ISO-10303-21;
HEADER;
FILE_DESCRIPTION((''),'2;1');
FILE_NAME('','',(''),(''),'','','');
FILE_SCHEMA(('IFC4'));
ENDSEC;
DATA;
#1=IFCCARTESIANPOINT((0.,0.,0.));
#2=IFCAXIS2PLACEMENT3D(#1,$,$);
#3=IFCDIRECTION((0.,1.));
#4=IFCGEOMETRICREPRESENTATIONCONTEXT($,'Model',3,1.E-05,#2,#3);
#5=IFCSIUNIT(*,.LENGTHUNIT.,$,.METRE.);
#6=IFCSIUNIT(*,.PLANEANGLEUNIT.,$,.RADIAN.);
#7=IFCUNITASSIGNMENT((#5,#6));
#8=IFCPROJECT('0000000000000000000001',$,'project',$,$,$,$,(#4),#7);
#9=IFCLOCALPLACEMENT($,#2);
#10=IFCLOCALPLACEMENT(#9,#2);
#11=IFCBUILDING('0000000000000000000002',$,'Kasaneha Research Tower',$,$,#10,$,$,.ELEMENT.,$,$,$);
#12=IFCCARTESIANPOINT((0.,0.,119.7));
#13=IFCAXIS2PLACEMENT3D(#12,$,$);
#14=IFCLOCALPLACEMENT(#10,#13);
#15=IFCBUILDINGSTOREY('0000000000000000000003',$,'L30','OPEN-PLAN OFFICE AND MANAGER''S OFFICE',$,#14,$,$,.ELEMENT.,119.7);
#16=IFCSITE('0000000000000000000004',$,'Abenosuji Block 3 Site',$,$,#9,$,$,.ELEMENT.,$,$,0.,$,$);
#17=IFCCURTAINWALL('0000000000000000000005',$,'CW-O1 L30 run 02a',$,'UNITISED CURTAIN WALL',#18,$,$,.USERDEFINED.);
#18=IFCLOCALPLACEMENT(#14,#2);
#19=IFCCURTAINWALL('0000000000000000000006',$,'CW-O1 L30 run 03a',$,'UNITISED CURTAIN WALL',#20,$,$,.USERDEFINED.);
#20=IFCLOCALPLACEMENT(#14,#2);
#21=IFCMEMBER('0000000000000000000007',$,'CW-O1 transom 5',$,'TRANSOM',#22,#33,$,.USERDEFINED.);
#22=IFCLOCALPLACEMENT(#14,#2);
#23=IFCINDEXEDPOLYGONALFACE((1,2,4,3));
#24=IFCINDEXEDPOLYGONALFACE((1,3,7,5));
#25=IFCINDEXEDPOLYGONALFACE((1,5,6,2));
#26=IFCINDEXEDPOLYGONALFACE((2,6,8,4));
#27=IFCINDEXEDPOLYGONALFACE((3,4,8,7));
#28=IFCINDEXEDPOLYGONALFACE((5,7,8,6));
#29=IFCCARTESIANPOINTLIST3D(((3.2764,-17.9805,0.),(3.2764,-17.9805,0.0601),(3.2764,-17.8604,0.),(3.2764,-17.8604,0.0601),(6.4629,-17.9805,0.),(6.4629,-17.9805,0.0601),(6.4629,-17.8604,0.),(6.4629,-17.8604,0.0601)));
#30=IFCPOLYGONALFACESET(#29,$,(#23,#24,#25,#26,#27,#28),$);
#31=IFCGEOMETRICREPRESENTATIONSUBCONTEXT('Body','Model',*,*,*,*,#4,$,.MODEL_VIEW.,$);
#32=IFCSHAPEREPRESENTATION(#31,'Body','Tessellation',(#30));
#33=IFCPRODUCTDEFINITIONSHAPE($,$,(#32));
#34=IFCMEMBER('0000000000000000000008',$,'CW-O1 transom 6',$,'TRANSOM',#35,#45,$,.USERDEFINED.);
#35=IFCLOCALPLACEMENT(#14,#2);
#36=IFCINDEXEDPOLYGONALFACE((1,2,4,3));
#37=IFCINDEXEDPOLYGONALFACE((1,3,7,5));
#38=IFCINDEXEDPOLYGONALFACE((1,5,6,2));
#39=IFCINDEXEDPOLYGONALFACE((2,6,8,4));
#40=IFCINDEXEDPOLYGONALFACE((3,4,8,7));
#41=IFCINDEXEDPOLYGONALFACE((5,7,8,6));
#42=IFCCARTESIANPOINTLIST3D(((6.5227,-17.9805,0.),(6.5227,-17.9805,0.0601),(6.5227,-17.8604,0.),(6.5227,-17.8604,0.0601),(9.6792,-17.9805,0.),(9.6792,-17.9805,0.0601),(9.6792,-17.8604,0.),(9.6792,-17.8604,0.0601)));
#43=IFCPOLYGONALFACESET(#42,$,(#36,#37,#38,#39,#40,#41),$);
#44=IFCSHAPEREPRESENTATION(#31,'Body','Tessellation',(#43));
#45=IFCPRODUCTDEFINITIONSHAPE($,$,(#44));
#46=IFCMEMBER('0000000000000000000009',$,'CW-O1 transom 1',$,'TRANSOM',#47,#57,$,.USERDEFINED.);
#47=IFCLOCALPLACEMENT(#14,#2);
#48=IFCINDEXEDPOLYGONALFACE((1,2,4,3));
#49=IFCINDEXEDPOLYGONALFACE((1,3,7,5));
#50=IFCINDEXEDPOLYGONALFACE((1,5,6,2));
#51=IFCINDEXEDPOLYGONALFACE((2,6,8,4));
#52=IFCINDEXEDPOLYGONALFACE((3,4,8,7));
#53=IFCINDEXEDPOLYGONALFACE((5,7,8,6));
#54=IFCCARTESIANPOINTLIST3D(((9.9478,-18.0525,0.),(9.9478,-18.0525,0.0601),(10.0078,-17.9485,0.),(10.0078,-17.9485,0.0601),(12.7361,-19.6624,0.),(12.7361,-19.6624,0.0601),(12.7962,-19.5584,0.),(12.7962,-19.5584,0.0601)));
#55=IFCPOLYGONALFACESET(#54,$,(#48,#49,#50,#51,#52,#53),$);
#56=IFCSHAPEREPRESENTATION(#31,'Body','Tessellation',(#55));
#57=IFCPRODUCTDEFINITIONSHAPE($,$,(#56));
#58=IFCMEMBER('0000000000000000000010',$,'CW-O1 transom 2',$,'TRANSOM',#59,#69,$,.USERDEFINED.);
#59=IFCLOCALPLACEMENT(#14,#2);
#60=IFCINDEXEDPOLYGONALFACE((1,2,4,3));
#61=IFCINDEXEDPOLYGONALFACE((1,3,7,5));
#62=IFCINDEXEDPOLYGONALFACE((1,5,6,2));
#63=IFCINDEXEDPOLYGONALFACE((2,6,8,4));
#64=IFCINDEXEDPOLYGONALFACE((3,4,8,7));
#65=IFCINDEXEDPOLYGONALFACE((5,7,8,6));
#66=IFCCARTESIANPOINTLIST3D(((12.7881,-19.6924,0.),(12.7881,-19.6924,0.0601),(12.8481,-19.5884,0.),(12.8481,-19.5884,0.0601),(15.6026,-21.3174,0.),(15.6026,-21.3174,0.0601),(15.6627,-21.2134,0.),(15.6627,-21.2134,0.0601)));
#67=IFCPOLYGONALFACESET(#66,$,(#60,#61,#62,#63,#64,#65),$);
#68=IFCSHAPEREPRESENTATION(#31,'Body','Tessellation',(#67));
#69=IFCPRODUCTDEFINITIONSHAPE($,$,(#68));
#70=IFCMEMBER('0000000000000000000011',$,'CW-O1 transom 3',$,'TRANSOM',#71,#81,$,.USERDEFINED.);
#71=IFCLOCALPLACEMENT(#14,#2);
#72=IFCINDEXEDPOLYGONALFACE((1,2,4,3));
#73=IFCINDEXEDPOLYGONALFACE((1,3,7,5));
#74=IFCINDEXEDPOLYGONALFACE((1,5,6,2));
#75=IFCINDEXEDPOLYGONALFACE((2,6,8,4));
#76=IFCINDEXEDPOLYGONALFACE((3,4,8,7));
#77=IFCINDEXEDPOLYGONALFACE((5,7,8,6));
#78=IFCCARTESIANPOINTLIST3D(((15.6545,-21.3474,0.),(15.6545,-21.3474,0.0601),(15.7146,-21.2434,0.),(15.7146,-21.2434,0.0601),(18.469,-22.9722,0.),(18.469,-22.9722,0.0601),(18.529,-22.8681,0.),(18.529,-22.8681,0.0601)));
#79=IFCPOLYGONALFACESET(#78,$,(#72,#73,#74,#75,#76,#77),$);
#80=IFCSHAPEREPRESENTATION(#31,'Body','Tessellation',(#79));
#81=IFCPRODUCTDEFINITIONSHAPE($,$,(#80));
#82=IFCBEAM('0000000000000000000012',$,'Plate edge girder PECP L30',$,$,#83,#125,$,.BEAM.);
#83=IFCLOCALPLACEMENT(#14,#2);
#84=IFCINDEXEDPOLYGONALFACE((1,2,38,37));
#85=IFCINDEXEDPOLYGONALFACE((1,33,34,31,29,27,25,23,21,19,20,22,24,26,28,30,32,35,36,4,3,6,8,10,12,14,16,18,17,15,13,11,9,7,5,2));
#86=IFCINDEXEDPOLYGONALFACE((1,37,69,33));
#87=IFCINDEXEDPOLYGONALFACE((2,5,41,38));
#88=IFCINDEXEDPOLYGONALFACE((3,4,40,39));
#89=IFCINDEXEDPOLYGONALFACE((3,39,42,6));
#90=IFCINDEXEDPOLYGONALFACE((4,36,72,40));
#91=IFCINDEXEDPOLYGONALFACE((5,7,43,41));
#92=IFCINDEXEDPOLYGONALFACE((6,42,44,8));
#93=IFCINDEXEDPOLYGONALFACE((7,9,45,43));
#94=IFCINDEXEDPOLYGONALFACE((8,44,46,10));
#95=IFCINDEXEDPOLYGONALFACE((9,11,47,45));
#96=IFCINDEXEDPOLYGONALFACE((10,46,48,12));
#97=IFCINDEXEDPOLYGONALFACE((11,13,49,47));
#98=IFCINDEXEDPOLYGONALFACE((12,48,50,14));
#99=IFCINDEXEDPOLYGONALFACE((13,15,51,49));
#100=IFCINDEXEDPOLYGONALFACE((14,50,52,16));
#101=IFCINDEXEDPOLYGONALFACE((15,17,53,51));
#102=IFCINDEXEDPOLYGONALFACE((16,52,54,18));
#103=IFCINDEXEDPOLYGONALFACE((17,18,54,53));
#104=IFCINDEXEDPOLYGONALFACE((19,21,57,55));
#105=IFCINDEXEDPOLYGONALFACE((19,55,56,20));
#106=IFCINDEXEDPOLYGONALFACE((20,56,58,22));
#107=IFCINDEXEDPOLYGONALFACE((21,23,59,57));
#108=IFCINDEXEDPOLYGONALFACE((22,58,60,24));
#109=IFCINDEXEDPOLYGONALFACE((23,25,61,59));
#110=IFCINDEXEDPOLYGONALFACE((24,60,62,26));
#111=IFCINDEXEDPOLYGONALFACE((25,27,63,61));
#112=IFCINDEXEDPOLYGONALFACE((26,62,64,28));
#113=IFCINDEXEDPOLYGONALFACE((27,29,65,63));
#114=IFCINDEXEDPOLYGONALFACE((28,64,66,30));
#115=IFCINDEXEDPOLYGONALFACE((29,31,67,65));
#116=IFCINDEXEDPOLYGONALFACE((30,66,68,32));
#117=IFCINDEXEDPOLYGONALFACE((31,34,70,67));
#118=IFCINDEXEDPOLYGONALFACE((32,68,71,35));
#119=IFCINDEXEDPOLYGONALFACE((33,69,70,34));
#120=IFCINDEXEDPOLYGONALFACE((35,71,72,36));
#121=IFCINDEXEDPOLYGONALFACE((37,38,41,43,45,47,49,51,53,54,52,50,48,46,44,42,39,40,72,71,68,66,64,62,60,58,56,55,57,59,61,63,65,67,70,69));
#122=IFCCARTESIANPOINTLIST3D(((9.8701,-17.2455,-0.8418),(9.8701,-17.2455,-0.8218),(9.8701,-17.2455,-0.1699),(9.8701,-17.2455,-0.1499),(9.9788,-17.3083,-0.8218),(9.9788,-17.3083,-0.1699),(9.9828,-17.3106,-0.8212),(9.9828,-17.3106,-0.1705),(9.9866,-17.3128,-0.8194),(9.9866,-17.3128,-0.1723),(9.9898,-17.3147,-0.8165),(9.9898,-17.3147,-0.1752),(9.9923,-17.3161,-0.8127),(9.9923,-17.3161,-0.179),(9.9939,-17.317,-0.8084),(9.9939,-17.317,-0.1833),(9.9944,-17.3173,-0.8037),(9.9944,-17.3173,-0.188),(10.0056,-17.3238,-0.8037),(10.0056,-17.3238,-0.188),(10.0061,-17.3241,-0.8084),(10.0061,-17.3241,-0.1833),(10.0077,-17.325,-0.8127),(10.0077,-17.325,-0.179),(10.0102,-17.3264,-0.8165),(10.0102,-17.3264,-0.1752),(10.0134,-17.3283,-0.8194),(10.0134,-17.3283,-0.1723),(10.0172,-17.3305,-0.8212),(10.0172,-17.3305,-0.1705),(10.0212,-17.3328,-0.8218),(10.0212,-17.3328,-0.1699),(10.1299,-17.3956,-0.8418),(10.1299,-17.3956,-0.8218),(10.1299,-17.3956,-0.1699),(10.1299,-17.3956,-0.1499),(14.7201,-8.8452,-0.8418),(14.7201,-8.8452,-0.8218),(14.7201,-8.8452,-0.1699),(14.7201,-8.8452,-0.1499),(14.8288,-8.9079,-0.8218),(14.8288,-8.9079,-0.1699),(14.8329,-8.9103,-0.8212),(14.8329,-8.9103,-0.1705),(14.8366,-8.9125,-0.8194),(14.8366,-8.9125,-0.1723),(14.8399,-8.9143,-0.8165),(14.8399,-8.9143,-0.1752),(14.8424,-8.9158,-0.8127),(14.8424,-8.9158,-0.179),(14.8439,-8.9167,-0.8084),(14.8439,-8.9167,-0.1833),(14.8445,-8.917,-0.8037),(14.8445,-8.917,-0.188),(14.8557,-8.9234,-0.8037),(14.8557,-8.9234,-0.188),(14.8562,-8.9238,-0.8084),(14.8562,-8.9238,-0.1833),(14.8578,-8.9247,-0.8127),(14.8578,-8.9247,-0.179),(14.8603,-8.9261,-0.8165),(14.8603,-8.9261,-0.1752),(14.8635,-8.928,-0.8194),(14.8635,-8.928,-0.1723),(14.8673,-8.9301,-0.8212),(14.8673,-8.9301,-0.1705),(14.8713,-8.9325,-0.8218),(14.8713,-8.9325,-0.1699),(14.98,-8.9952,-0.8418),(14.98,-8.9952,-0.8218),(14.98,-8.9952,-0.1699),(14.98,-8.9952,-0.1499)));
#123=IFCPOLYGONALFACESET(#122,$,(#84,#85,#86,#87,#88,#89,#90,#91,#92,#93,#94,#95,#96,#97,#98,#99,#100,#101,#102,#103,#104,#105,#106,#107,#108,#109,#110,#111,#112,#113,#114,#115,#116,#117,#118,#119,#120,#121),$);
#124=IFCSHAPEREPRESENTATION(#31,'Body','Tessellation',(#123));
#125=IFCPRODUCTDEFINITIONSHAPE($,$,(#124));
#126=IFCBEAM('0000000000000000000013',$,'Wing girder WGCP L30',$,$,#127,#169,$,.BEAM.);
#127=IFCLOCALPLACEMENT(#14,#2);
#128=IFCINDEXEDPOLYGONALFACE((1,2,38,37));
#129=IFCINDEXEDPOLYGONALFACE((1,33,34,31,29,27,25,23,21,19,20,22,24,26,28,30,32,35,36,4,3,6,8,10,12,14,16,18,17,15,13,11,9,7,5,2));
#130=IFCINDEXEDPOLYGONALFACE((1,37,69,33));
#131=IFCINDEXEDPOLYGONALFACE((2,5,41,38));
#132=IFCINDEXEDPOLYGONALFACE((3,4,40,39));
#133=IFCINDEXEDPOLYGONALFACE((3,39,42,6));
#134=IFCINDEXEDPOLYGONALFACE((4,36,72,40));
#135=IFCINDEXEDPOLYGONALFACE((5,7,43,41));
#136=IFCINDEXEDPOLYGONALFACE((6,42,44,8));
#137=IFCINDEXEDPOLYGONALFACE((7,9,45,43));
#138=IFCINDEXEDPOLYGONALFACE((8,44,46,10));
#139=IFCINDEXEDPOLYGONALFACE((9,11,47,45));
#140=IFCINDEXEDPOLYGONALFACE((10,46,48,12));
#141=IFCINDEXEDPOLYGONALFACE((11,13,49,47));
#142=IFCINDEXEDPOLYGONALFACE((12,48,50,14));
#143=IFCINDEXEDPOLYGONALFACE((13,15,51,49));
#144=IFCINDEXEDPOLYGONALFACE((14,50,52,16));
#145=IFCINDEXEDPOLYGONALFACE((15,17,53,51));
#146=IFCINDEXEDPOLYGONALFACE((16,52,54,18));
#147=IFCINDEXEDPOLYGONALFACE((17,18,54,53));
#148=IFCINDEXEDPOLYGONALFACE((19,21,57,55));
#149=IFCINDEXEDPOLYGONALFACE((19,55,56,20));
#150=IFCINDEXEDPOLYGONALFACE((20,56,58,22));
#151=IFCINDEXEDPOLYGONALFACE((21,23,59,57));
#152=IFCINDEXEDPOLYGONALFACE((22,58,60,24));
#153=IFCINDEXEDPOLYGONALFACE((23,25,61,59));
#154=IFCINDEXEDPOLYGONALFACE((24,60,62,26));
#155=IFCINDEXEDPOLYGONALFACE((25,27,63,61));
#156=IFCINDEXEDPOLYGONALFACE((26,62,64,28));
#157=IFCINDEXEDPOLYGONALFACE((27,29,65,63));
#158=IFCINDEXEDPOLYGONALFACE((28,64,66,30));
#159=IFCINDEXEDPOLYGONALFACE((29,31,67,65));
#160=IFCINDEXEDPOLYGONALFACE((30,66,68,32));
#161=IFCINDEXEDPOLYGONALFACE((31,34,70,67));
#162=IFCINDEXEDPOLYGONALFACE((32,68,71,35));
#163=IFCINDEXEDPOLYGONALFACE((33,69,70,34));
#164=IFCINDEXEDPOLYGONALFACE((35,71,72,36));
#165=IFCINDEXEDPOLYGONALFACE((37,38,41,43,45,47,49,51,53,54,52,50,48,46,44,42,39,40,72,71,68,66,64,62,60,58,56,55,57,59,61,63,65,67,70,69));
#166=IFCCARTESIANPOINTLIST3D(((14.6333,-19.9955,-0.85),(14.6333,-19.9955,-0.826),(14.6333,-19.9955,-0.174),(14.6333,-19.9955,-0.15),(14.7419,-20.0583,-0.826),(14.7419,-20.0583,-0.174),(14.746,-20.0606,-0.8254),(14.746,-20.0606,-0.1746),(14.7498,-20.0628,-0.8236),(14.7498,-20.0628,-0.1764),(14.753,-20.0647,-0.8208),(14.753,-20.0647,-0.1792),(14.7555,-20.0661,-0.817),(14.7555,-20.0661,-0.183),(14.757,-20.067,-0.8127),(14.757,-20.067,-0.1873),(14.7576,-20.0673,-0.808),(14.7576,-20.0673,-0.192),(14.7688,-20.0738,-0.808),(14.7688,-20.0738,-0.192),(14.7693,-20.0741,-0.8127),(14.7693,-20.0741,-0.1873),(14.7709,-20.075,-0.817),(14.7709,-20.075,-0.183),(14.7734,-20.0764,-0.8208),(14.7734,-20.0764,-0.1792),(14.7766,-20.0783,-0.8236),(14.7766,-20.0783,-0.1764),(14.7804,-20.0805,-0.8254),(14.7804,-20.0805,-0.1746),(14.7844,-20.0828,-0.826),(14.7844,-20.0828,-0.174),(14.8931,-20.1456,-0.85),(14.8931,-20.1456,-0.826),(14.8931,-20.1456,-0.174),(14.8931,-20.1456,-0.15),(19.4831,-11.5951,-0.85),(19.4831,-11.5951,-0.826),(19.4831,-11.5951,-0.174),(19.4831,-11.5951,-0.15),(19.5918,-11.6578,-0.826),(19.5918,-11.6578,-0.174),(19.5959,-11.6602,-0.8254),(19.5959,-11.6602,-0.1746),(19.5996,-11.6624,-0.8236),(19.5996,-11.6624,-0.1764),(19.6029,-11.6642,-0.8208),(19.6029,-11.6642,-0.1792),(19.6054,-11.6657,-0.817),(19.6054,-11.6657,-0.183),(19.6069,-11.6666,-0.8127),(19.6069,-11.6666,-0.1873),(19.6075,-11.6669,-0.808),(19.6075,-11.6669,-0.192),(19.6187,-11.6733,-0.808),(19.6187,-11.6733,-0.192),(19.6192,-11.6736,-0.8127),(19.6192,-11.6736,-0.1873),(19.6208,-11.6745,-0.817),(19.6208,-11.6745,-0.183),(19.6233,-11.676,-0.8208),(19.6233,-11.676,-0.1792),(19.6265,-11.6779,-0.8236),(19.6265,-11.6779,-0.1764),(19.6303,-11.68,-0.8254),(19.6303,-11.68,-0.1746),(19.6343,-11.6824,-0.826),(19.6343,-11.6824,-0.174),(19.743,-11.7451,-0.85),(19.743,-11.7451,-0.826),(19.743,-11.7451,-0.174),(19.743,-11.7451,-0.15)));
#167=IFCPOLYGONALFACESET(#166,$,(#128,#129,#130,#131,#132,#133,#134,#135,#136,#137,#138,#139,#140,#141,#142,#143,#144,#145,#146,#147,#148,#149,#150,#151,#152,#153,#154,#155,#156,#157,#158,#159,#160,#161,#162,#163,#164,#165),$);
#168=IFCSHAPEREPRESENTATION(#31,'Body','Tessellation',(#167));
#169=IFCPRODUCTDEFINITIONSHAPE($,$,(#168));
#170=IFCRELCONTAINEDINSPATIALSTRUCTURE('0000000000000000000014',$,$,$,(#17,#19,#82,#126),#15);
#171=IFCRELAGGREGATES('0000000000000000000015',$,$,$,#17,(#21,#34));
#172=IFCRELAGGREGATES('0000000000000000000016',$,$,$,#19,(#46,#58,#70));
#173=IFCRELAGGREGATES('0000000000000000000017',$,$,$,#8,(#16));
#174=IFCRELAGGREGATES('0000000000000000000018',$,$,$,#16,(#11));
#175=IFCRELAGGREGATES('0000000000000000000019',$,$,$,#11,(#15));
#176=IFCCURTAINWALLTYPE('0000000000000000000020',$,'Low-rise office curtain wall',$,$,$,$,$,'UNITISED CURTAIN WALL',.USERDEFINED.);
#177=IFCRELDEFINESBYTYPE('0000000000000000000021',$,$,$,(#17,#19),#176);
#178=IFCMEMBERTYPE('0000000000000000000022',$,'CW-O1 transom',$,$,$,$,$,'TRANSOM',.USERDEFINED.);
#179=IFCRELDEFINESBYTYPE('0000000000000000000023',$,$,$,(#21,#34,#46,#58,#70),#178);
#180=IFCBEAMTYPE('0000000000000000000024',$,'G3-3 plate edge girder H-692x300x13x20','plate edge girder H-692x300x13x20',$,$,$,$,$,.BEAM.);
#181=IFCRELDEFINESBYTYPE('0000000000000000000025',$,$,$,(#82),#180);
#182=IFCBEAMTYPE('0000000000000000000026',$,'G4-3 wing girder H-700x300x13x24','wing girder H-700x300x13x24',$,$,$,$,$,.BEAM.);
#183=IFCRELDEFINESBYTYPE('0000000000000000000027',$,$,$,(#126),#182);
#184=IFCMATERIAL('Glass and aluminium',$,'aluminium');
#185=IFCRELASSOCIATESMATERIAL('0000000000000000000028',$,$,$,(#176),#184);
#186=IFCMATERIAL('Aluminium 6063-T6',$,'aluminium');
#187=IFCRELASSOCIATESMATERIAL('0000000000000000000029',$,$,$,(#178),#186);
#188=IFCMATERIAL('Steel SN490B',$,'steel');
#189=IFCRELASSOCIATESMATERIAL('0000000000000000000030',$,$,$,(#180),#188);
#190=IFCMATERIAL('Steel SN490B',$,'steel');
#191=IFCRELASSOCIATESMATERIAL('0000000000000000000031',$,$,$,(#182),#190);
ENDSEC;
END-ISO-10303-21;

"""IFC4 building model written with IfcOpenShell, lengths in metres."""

from ifc_helpers import new_model, si_unit, direction, frame, origin, origin_2d, place, context, subcontext, project, spatial, rectangle, i_section, extrude, material, material_profile, profile_set, type_object, element, aggregate, save


model = new_model("IFC4")

# Units and contexts
model_context = context("Model", 3, precision=1e-05, world=origin(), true_north=direction((0.0, 1.0)))
body_context = subcontext(model_context, "Body", "Model", "MODEL_VIEW")
ifc_project = project(units=[si_unit("LENGTHUNIT", "METRE"), si_unit("PLANEANGLEUNIT", "RADIAN")], contexts=[model_context])

# Site, building, storey
site_placement = place(None, origin())
site = spatial("IfcSite", under=ifc_project, at=site_placement, Name="Abenosuji Block 3 Site", CompositionType="ELEMENT", RefElevation=0.0)
building_placement = place(site_placement, origin())
building = spatial("IfcBuilding", under=site, at=building_placement, Name="Kasaneha Research Tower", CompositionType="ELEMENT")
storey_placement = place(building_placement, frame((0.0, 0.0, 119.7)))
storey = spatial("IfcBuildingStorey", under=building, at=storey_placement, Name="L30", Description="OPEN-PLAN OFFICE AND MANAGER'S OFFICE", CompositionType="ELEMENT", Elevation=119.7)

# Curtain walls
ifc_material_1 = material(Name="Glass and aluminium", Category="aluminium")
curtain_wall_type = type_object("IfcCurtainWallType", Name="Low-rise office curtain wall", ElementType="UNITISED CURTAIN WALL", PredefinedType="USERDEFINED", material=ifc_material_1)
curtain_wall_1_placement = place(storey_placement, origin())
curtain_wall_1 = element("IfcCurtainWall", 1, at=curtain_wall_1_placement, inside=storey, type_object=curtain_wall_type, Name="CW-O1 L30 run 02a", ObjectType="UNITISED CURTAIN WALL", PredefinedType="USERDEFINED")
curtain_wall_2_placement = place(storey_placement, origin())
curtain_wall_2 = element("IfcCurtainWall", 2, at=curtain_wall_2_placement, inside=storey, type_object=curtain_wall_type, Name="CW-O1 L30 run 03a", ObjectType="UNITISED CURTAIN WALL", PredefinedType="USERDEFINED")

# Members
ifc_material_2 = material(Name="Aluminium 6063-T6", Category="aluminium")
ifc_material_profile_1 = material_profile(ifc_material_2, rectangle(XDim=0.1201, YDim=0.0601, at=origin_2d()), Name="CW-O1 transom 120x60")
ifc_profile_set_1 = profile_set([ifc_material_profile_1], Name="Aluminium 6063-T6")
member_type_1 = type_object("IfcMemberType", Name="CW-O1 transom", ElementType="TRANSOM", PredefinedType="USERDEFINED", material=ifc_profile_set_1)
member_1_placement = place(storey_placement, frame((3.2764, -17.9204, 0.03), z_axis=(1.0, 0.0, 0.0), x_axis=(0.0, 1.0, 0.0)))
member_1 = element("IfcMember", 3, at=member_1_placement, type_object=member_type_1, Name="CW-O1 transom 5", ObjectType="TRANSOM", PredefinedType="USERDEFINED", context=body_context, shape_type="SweptSolid", body=[
    extrude(rectangle(XDim=0.1201, YDim=0.0601, at=origin_2d()), origin(), (0.0, 0.0, 1.0), 3.1865),
])
member_2_placement = place(storey_placement, frame((6.5227, -17.9204, 0.03), z_axis=(1.0, 0.0, 0.0), x_axis=(0.0, 1.0, 0.0)))
member_2 = element("IfcMember", 4, at=member_2_placement, type_object=member_type_1, Name="CW-O1 transom 6", ObjectType="TRANSOM", PredefinedType="USERDEFINED", context=body_context, shape_type="SweptSolid", body=[
    extrude(rectangle(XDim=0.1201, YDim=0.0601, at=origin_2d()), origin(), (0.0, 0.0, 1.0), 3.1565),
])
member_3_placement = place(storey_placement, frame((9.9778, -18.0005, 0.03), z_axis=(0.866023, -0.500005, 0.0), x_axis=(0.500005, 0.866023, 0.0)))
member_3 = element("IfcMember", 5, at=member_3_placement, type_object=member_type_1, Name="CW-O1 transom 1", ObjectType="TRANSOM", PredefinedType="USERDEFINED", context=body_context, shape_type="SweptSolid", body=[
    extrude(rectangle(XDim=0.1201, YDim=0.0601, at=origin_2d()), origin(), (0.0, 0.0, 1.0), 3.2197),
])
member_4_placement = place(storey_placement, frame((12.8181, -19.6404, 0.03), z_axis=(0.866015, -0.500017, 0.0), x_axis=(0.500017, 0.866015, 0.0)))
member_4 = element("IfcMember", 6, at=member_4_placement, type_object=member_type_1, Name="CW-O1 transom 2", ObjectType="TRANSOM", PredefinedType="USERDEFINED", context=body_context, shape_type="SweptSolid", body=[
    extrude(rectangle(XDim=0.1201, YDim=0.0601, at=origin_2d()), origin(), (0.0, 0.0, 1.0), 3.25),
])
member_5_placement = place(storey_placement, frame((15.6846, -21.2954, 0.03), z_axis=(0.866048, -0.499961, 0.0), x_axis=(0.499961, 0.866048, 0.0)))
member_5 = element("IfcMember", 7, at=member_5_placement, type_object=member_type_1, Name="CW-O1 transom 3", ObjectType="TRANSOM", PredefinedType="USERDEFINED", context=body_context, shape_type="SweptSolid", body=[
    extrude(rectangle(XDim=0.1201, YDim=0.0601, at=origin_2d()), origin(), (0.0, 0.0, 1.0), 3.2498),
])

# Beams
ifc_material_3 = material(Name="Steel SN490B", Category="steel")
ifc_material_profile_2 = material_profile(ifc_material_3, i_section(OverallWidth=0.3, OverallDepth=0.6919, WebThickness=0.0129, FlangeThickness=0.02, FilletRadius=0.0181, at=origin_2d()), Name="H-692x300x13x20")
ifc_profile_set_2 = profile_set([ifc_material_profile_2], Name="Steel SN490B")
beam_type_1 = type_object("IfcBeamType", Name="G3-3 plate edge girder H-692x300x13x20", Description="plate edge girder H-692x300x13x20", PredefinedType="BEAM", material=ifc_profile_set_2)
beam_1_placement = place(storey_placement, frame((10.0, -17.3206, -0.4958), z_axis=(0.50001, 0.86602, 0.0), x_axis=(-0.86602, 0.50001, 0.0)))
element("IfcBeam", 8, at=beam_1_placement, inside=storey, type_object=beam_type_1, Name="Plate edge girder PECP L30", PredefinedType="BEAM", context=body_context, shape_type="SweptSolid", body=[
    extrude(i_section(OverallWidth=0.3, OverallDepth=0.6919, WebThickness=0.0129, FlangeThickness=0.02, FilletRadius=0.0181, at=origin_2d()), origin(), (0.0, 0.0, 1.0), 9.7),
])
ifc_material_4 = material(Name="Steel SN490B", Category="steel")
ifc_material_profile_3 = material_profile(ifc_material_4, i_section(OverallWidth=0.3, OverallDepth=0.7, WebThickness=0.0129, FlangeThickness=0.0239, FilletRadius=0.0181, at=origin_2d()), Name="H-700x300x13x24")
ifc_profile_set_3 = profile_set([ifc_material_profile_3], Name="Steel SN490B")
beam_type_2 = type_object("IfcBeamType", Name="G4-3 wing girder H-700x300x13x24", Description="wing girder H-700x300x13x24", PredefinedType="BEAM", material=ifc_profile_set_3)
beam_2_placement = place(storey_placement, frame((14.7632, -20.0706, -0.5), z_axis=(0.499991, 0.866031, 0.0), x_axis=(-0.866031, 0.499991, 0.0)))
element("IfcBeam", 9, at=beam_2_placement, inside=storey, type_object=beam_type_2, Name="Wing girder WGCP L30", PredefinedType="BEAM", context=body_context, shape_type="SweptSolid", body=[
    extrude(i_section(OverallWidth=0.3, OverallDepth=0.7, WebThickness=0.0129, FlangeThickness=0.0239, FilletRadius=0.0181, at=origin_2d()), origin(), (0.0, 0.0, 1.0), 9.7),
])

aggregate(curtain_wall_1, [member_1, member_2])
aggregate(curtain_wall_2, [member_3, member_4, member_5])

save(model, "model.ifc")
